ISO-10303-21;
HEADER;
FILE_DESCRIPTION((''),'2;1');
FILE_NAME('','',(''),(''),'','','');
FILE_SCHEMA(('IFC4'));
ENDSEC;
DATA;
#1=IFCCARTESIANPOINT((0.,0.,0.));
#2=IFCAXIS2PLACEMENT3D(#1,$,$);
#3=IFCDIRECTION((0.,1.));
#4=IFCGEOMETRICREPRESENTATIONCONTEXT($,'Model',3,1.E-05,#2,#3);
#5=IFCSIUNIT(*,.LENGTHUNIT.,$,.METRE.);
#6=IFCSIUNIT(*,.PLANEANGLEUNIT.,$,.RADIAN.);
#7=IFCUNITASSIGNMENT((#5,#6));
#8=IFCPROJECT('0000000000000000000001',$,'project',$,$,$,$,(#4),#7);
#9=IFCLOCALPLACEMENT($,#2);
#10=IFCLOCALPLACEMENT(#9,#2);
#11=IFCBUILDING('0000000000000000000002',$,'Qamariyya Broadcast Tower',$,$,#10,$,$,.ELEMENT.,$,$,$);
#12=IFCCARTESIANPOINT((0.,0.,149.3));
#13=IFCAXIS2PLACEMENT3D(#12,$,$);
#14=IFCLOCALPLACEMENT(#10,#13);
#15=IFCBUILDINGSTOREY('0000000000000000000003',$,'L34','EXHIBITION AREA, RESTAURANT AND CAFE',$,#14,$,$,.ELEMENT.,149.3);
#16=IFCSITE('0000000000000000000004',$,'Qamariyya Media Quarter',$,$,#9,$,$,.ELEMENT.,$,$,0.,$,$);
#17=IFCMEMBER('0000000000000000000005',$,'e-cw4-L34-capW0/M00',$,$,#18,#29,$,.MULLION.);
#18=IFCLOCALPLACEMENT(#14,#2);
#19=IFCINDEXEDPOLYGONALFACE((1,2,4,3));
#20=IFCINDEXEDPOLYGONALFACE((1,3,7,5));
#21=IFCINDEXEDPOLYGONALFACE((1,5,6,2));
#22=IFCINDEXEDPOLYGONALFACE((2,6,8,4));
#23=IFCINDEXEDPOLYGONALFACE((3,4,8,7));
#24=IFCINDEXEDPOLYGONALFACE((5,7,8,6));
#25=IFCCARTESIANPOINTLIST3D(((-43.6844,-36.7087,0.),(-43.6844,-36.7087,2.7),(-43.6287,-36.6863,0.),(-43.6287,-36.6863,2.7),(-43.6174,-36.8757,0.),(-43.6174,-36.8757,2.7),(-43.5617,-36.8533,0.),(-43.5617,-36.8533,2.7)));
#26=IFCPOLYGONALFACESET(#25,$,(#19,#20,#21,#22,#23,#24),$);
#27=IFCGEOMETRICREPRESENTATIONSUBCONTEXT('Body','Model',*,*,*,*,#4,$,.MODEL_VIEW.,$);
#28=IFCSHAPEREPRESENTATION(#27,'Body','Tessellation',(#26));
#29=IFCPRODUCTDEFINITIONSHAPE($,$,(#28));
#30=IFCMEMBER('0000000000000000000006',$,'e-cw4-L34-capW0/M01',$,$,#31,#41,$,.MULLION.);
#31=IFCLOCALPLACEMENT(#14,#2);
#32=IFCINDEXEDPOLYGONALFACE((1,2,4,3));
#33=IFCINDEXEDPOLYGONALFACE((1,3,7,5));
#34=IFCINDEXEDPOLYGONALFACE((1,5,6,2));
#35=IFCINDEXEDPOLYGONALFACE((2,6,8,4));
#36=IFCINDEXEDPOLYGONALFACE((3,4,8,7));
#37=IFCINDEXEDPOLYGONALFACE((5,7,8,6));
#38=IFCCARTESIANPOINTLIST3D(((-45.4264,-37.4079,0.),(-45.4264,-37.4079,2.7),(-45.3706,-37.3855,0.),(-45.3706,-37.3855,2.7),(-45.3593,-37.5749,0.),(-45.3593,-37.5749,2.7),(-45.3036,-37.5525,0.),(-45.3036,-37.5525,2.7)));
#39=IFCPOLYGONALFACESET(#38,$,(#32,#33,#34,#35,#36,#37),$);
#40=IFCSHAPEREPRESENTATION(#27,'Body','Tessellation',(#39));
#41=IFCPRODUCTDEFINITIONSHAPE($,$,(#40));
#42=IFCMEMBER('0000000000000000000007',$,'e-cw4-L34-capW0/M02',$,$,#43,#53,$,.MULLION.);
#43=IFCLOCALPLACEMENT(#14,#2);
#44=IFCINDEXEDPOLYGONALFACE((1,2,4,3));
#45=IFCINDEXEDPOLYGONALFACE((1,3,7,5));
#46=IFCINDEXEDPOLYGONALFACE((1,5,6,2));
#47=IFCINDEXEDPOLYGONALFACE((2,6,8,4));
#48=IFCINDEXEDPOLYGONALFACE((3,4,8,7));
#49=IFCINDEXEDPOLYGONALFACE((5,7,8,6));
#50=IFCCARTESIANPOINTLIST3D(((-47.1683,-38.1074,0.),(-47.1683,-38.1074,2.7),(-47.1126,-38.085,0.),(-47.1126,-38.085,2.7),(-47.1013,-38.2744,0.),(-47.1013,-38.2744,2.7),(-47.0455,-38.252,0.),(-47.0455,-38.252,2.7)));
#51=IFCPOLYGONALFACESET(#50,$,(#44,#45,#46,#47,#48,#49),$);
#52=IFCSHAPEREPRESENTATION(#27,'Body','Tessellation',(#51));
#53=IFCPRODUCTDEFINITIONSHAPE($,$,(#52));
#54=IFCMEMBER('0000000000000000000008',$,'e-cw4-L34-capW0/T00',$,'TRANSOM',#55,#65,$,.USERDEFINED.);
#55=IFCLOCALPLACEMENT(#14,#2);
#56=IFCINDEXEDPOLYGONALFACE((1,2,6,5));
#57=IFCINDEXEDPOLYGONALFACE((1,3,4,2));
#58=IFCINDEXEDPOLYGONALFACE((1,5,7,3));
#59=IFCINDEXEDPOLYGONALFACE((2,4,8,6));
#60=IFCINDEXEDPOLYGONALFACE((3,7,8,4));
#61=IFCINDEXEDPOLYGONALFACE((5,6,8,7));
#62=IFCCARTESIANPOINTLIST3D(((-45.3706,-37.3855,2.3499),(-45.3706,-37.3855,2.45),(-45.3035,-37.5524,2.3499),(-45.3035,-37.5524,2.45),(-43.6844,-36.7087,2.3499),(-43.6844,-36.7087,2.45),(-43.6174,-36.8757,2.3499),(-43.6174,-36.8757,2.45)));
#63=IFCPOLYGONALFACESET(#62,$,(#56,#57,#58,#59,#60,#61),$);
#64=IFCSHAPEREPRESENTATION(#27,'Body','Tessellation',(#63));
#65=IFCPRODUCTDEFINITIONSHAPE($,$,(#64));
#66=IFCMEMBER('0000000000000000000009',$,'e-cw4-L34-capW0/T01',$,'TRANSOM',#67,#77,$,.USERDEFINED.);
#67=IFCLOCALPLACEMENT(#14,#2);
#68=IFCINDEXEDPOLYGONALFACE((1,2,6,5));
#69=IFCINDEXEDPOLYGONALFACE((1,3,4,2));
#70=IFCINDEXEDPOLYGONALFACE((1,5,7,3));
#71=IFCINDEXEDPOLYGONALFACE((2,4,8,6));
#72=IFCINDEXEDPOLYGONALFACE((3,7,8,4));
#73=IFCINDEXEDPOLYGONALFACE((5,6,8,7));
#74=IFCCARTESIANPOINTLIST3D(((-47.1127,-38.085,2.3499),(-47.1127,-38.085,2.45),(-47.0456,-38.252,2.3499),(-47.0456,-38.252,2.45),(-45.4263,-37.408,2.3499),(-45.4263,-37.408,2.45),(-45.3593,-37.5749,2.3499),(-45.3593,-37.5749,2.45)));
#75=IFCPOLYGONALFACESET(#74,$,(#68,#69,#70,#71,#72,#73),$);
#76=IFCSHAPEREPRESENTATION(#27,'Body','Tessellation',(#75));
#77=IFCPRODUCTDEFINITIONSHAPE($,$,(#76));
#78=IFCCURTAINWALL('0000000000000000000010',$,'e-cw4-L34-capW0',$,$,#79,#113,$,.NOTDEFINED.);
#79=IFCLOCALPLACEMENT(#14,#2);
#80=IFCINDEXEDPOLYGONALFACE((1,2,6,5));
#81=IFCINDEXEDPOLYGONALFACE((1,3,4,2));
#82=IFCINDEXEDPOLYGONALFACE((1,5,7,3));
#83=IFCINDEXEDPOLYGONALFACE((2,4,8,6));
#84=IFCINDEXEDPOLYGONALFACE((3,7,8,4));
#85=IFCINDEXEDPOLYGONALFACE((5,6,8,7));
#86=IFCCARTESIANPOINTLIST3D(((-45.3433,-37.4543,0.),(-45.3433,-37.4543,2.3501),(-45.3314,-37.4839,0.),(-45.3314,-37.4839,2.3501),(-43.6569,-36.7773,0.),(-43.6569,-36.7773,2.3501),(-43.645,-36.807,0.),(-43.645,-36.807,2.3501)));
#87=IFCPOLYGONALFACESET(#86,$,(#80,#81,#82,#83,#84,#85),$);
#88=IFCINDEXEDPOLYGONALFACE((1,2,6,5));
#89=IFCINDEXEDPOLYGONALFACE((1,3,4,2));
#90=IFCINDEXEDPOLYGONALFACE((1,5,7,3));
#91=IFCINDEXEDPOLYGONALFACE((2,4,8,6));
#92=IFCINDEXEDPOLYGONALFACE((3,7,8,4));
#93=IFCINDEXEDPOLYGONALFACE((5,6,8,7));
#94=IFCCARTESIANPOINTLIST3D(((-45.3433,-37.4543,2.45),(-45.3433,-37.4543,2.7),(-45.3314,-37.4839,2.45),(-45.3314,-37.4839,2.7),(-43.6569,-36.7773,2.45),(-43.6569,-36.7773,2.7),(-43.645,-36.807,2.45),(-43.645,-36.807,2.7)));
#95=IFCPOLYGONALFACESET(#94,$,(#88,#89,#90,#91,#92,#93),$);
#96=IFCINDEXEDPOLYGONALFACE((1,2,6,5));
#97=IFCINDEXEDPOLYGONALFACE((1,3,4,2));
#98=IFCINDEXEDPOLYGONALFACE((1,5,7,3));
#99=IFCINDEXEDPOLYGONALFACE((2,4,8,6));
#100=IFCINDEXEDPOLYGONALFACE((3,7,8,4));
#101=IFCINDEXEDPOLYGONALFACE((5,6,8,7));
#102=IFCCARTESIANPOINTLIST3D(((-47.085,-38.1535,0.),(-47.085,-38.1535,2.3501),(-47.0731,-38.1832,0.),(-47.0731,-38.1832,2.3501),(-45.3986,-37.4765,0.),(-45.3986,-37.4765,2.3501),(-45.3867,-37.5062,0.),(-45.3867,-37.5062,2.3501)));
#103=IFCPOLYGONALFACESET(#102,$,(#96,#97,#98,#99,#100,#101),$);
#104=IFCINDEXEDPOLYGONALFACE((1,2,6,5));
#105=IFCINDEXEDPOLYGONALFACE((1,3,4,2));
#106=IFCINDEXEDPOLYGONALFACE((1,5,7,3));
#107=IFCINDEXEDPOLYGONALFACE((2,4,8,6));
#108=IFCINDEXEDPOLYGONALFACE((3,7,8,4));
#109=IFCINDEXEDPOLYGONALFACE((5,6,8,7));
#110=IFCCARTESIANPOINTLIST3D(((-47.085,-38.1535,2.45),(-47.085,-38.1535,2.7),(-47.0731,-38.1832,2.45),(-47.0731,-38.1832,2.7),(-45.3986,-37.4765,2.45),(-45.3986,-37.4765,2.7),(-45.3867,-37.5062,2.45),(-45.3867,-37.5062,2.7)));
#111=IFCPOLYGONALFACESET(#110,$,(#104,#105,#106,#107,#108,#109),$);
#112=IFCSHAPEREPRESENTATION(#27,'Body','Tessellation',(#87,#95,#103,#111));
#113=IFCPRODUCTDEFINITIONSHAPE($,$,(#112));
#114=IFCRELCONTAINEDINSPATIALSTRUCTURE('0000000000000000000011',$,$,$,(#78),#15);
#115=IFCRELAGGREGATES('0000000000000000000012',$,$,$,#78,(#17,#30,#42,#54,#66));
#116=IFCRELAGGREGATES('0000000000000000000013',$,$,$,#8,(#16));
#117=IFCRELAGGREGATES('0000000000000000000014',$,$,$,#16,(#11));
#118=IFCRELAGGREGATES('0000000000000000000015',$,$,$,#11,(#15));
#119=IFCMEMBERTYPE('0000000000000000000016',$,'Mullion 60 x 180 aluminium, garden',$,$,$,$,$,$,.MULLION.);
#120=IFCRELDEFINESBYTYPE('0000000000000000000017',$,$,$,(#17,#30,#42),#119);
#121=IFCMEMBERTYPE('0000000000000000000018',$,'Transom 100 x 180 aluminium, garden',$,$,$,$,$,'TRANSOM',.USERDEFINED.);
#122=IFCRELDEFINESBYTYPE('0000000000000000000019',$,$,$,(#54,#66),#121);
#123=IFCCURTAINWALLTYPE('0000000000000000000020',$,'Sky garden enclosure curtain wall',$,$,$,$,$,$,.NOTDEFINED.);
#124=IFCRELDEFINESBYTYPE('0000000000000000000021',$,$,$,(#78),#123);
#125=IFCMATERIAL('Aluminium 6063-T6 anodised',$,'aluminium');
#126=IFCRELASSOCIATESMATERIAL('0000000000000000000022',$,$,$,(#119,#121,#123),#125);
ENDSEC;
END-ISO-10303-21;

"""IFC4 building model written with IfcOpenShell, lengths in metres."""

from ifc_helpers import new_model, si_unit, direction, frame, origin, origin_2d, place, context, subcontext, project, spatial, rectangle, extrude, material, material_profile, profile_set, type_object, element, aggregate, save


model = new_model("IFC4")

# Units and contexts
model_context = context("Model", 3, precision=1e-05, world=origin(), true_north=direction((0.0, 1.0)))
body_context = subcontext(model_context, "Body", "Model", "MODEL_VIEW")
ifc_project = project(units=[si_unit("LENGTHUNIT", "METRE"), si_unit("PLANEANGLEUNIT", "RADIAN")], contexts=[model_context])

# Members
ifc_material_1 = material(Name="Aluminium 6063-T6 anodised", Category="aluminium")
ifc_material_profile_1 = material_profile(ifc_material_1, rectangle(XDim=0.1799, YDim=0.0601, at=origin_2d()))
ifc_profile_set_1 = profile_set([ifc_material_profile_1], Name="Aluminium 6063-T6 anodised")
member_type_1 = type_object("IfcMemberType", Name="Mullion 60 x 180 aluminium, garden", PredefinedType="MULLION", material=ifc_profile_set_1)
site_placement = place(None, origin())
building_placement = place(site_placement, origin())
storey_placement = place(building_placement, frame((0.0, 0.0, 149.3)))
member_1_placement = place(storey_placement, frame((-43.623, -36.781, 0.0), z_axis=(0.0, 0.0, 1.0), x_axis=(0.372571, -0.928004, 0.0)))
member_1 = element("IfcMember", 1, at=member_1_placement, type_object=member_type_1, Name="e-cw4-L34-capW0/M00", PredefinedType="MULLION", context=body_context, shape_type="SweptSolid", body=[
    extrude(rectangle(XDim=0.1799, YDim=0.0601, at=origin_2d()), origin(), (0.0, 0.0, 1.0), 2.7),
])
member_2_placement = place(storey_placement, frame((-45.365, -37.4802, 0.0), z_axis=(0.0, 0.0, 1.0), x_axis=(0.372571, -0.928004, 0.0)))
member_2 = element("IfcMember", 2, at=member_2_placement, type_object=member_type_1, Name="e-cw4-L34-capW0/M01", PredefinedType="MULLION", context=body_context, shape_type="SweptSolid", body=[
    extrude(rectangle(XDim=0.1799, YDim=0.0601, at=origin_2d()), origin(), (0.0, 0.0, 1.0), 2.7),
])
member_3_placement = place(storey_placement, frame((-47.1069, -38.1797, 0.0), z_axis=(0.0, 0.0, 1.0), x_axis=(0.372571, -0.928004, 0.0)))
member_3 = element("IfcMember", 3, at=member_3_placement, type_object=member_type_1, Name="e-cw4-L34-capW0/M02", PredefinedType="MULLION", context=body_context, shape_type="SweptSolid", body=[
    extrude(rectangle(XDim=0.1799, YDim=0.0601, at=origin_2d()), origin(), (0.0, 0.0, 1.0), 2.7),
])
ifc_material_profile_2 = material_profile(ifc_material_1, rectangle(XDim=0.1799, YDim=0.1001, at=origin_2d()))
ifc_profile_set_2 = profile_set([ifc_material_profile_2], Name="Aluminium 6063-T6 anodised")
member_type_2 = type_object("IfcMemberType", Name="Transom 100 x 180 aluminium, garden", ElementType="TRANSOM", PredefinedType="USERDEFINED", material=ifc_profile_set_2)
member_4_placement = place(storey_placement, frame((-43.6509, -36.7922, 2.3999), z_axis=(-0.92805, -0.372456, 0.0), x_axis=(0.372456, -0.92805, 0.0)))
member_4 = element("IfcMember", 4, at=member_4_placement, type_object=member_type_2, Name="e-cw4-L34-capW0/T00", ObjectType="TRANSOM", PredefinedType="USERDEFINED", context=body_context, shape_type="SweptSolid", body=[
    extrude(rectangle(XDim=0.1799, YDim=0.1001, at=origin_2d()), origin(), (0.0, 0.0, 1.0), 1.8169),
])
member_5_placement = place(storey_placement, frame((-45.3928, -37.4915, 2.3999), z_axis=(-0.928003, -0.372572, 0.0), x_axis=(0.372572, -0.928003, 0.0)))
member_5 = element("IfcMember", 5, at=member_5_placement, type_object=member_type_2, Name="e-cw4-L34-capW0/T01", ObjectType="TRANSOM", PredefinedType="USERDEFINED", context=body_context, shape_type="SweptSolid", body=[
    extrude(rectangle(XDim=0.1799, YDim=0.1001, at=origin_2d()), origin(), (0.0, 0.0, 1.0), 1.8171),
])

# Site, building, storey
site = spatial("IfcSite", under=ifc_project, at=site_placement, Name="Qamariyya Media Quarter", CompositionType="ELEMENT", RefElevation=0.0)
building = spatial("IfcBuilding", under=site, at=building_placement, Name="Qamariyya Broadcast Tower", CompositionType="ELEMENT")
storey = spatial("IfcBuildingStorey", under=building, at=storey_placement, Name="L34", Description="EXHIBITION AREA, RESTAURANT AND CAFE", CompositionType="ELEMENT", Elevation=149.3)

# Curtain wall
curtain_wall_type_1 = type_object("IfcCurtainWallType", Name="Sky garden enclosure curtain wall", PredefinedType="NOTDEFINED", material=ifc_material_1)
curtain_wall_1_placement = place(storey_placement, origin())
curtain_wall_1 = element("IfcCurtainWall", 6, at=curtain_wall_1_placement, inside=storey, type_object=curtain_wall_type_1, Name="e-cw4-L34-capW0", PredefinedType="NOTDEFINED", context=body_context, shape_type="SweptSolid", body=[
    extrude(rectangle(XDim=1.8171, YDim=0.032, at=origin_2d()), frame((-44.4941, -37.1306, 0.0), x_axis=(-0.928017, -0.372538, 0.0)), (0.0, 0.0, 1.0), 2.3501),
    extrude(rectangle(XDim=1.8171, YDim=0.032, at=origin_2d()), frame((-44.4941, -37.1306, 2.45), x_axis=(-0.928017, -0.372538, 0.0)), (0.0, 0.0, 1.0), 0.25),
    extrude(rectangle(XDim=1.8171, YDim=0.032, at=origin_2d()), frame((-46.2358, -37.8298, 0.0), x_axis=(-0.928017, -0.372538, 0.0)), (0.0, 0.0, 1.0), 2.3501),
    extrude(rectangle(XDim=1.8171, YDim=0.032, at=origin_2d()), frame((-46.2358, -37.8298, 2.45), x_axis=(-0.928017, -0.372538, 0.0)), (0.0, 0.0, 1.0), 0.25),
])
aggregate(curtain_wall_1, [member_1, member_2, member_3, member_4, member_5])

save(model, "model.ifc")
